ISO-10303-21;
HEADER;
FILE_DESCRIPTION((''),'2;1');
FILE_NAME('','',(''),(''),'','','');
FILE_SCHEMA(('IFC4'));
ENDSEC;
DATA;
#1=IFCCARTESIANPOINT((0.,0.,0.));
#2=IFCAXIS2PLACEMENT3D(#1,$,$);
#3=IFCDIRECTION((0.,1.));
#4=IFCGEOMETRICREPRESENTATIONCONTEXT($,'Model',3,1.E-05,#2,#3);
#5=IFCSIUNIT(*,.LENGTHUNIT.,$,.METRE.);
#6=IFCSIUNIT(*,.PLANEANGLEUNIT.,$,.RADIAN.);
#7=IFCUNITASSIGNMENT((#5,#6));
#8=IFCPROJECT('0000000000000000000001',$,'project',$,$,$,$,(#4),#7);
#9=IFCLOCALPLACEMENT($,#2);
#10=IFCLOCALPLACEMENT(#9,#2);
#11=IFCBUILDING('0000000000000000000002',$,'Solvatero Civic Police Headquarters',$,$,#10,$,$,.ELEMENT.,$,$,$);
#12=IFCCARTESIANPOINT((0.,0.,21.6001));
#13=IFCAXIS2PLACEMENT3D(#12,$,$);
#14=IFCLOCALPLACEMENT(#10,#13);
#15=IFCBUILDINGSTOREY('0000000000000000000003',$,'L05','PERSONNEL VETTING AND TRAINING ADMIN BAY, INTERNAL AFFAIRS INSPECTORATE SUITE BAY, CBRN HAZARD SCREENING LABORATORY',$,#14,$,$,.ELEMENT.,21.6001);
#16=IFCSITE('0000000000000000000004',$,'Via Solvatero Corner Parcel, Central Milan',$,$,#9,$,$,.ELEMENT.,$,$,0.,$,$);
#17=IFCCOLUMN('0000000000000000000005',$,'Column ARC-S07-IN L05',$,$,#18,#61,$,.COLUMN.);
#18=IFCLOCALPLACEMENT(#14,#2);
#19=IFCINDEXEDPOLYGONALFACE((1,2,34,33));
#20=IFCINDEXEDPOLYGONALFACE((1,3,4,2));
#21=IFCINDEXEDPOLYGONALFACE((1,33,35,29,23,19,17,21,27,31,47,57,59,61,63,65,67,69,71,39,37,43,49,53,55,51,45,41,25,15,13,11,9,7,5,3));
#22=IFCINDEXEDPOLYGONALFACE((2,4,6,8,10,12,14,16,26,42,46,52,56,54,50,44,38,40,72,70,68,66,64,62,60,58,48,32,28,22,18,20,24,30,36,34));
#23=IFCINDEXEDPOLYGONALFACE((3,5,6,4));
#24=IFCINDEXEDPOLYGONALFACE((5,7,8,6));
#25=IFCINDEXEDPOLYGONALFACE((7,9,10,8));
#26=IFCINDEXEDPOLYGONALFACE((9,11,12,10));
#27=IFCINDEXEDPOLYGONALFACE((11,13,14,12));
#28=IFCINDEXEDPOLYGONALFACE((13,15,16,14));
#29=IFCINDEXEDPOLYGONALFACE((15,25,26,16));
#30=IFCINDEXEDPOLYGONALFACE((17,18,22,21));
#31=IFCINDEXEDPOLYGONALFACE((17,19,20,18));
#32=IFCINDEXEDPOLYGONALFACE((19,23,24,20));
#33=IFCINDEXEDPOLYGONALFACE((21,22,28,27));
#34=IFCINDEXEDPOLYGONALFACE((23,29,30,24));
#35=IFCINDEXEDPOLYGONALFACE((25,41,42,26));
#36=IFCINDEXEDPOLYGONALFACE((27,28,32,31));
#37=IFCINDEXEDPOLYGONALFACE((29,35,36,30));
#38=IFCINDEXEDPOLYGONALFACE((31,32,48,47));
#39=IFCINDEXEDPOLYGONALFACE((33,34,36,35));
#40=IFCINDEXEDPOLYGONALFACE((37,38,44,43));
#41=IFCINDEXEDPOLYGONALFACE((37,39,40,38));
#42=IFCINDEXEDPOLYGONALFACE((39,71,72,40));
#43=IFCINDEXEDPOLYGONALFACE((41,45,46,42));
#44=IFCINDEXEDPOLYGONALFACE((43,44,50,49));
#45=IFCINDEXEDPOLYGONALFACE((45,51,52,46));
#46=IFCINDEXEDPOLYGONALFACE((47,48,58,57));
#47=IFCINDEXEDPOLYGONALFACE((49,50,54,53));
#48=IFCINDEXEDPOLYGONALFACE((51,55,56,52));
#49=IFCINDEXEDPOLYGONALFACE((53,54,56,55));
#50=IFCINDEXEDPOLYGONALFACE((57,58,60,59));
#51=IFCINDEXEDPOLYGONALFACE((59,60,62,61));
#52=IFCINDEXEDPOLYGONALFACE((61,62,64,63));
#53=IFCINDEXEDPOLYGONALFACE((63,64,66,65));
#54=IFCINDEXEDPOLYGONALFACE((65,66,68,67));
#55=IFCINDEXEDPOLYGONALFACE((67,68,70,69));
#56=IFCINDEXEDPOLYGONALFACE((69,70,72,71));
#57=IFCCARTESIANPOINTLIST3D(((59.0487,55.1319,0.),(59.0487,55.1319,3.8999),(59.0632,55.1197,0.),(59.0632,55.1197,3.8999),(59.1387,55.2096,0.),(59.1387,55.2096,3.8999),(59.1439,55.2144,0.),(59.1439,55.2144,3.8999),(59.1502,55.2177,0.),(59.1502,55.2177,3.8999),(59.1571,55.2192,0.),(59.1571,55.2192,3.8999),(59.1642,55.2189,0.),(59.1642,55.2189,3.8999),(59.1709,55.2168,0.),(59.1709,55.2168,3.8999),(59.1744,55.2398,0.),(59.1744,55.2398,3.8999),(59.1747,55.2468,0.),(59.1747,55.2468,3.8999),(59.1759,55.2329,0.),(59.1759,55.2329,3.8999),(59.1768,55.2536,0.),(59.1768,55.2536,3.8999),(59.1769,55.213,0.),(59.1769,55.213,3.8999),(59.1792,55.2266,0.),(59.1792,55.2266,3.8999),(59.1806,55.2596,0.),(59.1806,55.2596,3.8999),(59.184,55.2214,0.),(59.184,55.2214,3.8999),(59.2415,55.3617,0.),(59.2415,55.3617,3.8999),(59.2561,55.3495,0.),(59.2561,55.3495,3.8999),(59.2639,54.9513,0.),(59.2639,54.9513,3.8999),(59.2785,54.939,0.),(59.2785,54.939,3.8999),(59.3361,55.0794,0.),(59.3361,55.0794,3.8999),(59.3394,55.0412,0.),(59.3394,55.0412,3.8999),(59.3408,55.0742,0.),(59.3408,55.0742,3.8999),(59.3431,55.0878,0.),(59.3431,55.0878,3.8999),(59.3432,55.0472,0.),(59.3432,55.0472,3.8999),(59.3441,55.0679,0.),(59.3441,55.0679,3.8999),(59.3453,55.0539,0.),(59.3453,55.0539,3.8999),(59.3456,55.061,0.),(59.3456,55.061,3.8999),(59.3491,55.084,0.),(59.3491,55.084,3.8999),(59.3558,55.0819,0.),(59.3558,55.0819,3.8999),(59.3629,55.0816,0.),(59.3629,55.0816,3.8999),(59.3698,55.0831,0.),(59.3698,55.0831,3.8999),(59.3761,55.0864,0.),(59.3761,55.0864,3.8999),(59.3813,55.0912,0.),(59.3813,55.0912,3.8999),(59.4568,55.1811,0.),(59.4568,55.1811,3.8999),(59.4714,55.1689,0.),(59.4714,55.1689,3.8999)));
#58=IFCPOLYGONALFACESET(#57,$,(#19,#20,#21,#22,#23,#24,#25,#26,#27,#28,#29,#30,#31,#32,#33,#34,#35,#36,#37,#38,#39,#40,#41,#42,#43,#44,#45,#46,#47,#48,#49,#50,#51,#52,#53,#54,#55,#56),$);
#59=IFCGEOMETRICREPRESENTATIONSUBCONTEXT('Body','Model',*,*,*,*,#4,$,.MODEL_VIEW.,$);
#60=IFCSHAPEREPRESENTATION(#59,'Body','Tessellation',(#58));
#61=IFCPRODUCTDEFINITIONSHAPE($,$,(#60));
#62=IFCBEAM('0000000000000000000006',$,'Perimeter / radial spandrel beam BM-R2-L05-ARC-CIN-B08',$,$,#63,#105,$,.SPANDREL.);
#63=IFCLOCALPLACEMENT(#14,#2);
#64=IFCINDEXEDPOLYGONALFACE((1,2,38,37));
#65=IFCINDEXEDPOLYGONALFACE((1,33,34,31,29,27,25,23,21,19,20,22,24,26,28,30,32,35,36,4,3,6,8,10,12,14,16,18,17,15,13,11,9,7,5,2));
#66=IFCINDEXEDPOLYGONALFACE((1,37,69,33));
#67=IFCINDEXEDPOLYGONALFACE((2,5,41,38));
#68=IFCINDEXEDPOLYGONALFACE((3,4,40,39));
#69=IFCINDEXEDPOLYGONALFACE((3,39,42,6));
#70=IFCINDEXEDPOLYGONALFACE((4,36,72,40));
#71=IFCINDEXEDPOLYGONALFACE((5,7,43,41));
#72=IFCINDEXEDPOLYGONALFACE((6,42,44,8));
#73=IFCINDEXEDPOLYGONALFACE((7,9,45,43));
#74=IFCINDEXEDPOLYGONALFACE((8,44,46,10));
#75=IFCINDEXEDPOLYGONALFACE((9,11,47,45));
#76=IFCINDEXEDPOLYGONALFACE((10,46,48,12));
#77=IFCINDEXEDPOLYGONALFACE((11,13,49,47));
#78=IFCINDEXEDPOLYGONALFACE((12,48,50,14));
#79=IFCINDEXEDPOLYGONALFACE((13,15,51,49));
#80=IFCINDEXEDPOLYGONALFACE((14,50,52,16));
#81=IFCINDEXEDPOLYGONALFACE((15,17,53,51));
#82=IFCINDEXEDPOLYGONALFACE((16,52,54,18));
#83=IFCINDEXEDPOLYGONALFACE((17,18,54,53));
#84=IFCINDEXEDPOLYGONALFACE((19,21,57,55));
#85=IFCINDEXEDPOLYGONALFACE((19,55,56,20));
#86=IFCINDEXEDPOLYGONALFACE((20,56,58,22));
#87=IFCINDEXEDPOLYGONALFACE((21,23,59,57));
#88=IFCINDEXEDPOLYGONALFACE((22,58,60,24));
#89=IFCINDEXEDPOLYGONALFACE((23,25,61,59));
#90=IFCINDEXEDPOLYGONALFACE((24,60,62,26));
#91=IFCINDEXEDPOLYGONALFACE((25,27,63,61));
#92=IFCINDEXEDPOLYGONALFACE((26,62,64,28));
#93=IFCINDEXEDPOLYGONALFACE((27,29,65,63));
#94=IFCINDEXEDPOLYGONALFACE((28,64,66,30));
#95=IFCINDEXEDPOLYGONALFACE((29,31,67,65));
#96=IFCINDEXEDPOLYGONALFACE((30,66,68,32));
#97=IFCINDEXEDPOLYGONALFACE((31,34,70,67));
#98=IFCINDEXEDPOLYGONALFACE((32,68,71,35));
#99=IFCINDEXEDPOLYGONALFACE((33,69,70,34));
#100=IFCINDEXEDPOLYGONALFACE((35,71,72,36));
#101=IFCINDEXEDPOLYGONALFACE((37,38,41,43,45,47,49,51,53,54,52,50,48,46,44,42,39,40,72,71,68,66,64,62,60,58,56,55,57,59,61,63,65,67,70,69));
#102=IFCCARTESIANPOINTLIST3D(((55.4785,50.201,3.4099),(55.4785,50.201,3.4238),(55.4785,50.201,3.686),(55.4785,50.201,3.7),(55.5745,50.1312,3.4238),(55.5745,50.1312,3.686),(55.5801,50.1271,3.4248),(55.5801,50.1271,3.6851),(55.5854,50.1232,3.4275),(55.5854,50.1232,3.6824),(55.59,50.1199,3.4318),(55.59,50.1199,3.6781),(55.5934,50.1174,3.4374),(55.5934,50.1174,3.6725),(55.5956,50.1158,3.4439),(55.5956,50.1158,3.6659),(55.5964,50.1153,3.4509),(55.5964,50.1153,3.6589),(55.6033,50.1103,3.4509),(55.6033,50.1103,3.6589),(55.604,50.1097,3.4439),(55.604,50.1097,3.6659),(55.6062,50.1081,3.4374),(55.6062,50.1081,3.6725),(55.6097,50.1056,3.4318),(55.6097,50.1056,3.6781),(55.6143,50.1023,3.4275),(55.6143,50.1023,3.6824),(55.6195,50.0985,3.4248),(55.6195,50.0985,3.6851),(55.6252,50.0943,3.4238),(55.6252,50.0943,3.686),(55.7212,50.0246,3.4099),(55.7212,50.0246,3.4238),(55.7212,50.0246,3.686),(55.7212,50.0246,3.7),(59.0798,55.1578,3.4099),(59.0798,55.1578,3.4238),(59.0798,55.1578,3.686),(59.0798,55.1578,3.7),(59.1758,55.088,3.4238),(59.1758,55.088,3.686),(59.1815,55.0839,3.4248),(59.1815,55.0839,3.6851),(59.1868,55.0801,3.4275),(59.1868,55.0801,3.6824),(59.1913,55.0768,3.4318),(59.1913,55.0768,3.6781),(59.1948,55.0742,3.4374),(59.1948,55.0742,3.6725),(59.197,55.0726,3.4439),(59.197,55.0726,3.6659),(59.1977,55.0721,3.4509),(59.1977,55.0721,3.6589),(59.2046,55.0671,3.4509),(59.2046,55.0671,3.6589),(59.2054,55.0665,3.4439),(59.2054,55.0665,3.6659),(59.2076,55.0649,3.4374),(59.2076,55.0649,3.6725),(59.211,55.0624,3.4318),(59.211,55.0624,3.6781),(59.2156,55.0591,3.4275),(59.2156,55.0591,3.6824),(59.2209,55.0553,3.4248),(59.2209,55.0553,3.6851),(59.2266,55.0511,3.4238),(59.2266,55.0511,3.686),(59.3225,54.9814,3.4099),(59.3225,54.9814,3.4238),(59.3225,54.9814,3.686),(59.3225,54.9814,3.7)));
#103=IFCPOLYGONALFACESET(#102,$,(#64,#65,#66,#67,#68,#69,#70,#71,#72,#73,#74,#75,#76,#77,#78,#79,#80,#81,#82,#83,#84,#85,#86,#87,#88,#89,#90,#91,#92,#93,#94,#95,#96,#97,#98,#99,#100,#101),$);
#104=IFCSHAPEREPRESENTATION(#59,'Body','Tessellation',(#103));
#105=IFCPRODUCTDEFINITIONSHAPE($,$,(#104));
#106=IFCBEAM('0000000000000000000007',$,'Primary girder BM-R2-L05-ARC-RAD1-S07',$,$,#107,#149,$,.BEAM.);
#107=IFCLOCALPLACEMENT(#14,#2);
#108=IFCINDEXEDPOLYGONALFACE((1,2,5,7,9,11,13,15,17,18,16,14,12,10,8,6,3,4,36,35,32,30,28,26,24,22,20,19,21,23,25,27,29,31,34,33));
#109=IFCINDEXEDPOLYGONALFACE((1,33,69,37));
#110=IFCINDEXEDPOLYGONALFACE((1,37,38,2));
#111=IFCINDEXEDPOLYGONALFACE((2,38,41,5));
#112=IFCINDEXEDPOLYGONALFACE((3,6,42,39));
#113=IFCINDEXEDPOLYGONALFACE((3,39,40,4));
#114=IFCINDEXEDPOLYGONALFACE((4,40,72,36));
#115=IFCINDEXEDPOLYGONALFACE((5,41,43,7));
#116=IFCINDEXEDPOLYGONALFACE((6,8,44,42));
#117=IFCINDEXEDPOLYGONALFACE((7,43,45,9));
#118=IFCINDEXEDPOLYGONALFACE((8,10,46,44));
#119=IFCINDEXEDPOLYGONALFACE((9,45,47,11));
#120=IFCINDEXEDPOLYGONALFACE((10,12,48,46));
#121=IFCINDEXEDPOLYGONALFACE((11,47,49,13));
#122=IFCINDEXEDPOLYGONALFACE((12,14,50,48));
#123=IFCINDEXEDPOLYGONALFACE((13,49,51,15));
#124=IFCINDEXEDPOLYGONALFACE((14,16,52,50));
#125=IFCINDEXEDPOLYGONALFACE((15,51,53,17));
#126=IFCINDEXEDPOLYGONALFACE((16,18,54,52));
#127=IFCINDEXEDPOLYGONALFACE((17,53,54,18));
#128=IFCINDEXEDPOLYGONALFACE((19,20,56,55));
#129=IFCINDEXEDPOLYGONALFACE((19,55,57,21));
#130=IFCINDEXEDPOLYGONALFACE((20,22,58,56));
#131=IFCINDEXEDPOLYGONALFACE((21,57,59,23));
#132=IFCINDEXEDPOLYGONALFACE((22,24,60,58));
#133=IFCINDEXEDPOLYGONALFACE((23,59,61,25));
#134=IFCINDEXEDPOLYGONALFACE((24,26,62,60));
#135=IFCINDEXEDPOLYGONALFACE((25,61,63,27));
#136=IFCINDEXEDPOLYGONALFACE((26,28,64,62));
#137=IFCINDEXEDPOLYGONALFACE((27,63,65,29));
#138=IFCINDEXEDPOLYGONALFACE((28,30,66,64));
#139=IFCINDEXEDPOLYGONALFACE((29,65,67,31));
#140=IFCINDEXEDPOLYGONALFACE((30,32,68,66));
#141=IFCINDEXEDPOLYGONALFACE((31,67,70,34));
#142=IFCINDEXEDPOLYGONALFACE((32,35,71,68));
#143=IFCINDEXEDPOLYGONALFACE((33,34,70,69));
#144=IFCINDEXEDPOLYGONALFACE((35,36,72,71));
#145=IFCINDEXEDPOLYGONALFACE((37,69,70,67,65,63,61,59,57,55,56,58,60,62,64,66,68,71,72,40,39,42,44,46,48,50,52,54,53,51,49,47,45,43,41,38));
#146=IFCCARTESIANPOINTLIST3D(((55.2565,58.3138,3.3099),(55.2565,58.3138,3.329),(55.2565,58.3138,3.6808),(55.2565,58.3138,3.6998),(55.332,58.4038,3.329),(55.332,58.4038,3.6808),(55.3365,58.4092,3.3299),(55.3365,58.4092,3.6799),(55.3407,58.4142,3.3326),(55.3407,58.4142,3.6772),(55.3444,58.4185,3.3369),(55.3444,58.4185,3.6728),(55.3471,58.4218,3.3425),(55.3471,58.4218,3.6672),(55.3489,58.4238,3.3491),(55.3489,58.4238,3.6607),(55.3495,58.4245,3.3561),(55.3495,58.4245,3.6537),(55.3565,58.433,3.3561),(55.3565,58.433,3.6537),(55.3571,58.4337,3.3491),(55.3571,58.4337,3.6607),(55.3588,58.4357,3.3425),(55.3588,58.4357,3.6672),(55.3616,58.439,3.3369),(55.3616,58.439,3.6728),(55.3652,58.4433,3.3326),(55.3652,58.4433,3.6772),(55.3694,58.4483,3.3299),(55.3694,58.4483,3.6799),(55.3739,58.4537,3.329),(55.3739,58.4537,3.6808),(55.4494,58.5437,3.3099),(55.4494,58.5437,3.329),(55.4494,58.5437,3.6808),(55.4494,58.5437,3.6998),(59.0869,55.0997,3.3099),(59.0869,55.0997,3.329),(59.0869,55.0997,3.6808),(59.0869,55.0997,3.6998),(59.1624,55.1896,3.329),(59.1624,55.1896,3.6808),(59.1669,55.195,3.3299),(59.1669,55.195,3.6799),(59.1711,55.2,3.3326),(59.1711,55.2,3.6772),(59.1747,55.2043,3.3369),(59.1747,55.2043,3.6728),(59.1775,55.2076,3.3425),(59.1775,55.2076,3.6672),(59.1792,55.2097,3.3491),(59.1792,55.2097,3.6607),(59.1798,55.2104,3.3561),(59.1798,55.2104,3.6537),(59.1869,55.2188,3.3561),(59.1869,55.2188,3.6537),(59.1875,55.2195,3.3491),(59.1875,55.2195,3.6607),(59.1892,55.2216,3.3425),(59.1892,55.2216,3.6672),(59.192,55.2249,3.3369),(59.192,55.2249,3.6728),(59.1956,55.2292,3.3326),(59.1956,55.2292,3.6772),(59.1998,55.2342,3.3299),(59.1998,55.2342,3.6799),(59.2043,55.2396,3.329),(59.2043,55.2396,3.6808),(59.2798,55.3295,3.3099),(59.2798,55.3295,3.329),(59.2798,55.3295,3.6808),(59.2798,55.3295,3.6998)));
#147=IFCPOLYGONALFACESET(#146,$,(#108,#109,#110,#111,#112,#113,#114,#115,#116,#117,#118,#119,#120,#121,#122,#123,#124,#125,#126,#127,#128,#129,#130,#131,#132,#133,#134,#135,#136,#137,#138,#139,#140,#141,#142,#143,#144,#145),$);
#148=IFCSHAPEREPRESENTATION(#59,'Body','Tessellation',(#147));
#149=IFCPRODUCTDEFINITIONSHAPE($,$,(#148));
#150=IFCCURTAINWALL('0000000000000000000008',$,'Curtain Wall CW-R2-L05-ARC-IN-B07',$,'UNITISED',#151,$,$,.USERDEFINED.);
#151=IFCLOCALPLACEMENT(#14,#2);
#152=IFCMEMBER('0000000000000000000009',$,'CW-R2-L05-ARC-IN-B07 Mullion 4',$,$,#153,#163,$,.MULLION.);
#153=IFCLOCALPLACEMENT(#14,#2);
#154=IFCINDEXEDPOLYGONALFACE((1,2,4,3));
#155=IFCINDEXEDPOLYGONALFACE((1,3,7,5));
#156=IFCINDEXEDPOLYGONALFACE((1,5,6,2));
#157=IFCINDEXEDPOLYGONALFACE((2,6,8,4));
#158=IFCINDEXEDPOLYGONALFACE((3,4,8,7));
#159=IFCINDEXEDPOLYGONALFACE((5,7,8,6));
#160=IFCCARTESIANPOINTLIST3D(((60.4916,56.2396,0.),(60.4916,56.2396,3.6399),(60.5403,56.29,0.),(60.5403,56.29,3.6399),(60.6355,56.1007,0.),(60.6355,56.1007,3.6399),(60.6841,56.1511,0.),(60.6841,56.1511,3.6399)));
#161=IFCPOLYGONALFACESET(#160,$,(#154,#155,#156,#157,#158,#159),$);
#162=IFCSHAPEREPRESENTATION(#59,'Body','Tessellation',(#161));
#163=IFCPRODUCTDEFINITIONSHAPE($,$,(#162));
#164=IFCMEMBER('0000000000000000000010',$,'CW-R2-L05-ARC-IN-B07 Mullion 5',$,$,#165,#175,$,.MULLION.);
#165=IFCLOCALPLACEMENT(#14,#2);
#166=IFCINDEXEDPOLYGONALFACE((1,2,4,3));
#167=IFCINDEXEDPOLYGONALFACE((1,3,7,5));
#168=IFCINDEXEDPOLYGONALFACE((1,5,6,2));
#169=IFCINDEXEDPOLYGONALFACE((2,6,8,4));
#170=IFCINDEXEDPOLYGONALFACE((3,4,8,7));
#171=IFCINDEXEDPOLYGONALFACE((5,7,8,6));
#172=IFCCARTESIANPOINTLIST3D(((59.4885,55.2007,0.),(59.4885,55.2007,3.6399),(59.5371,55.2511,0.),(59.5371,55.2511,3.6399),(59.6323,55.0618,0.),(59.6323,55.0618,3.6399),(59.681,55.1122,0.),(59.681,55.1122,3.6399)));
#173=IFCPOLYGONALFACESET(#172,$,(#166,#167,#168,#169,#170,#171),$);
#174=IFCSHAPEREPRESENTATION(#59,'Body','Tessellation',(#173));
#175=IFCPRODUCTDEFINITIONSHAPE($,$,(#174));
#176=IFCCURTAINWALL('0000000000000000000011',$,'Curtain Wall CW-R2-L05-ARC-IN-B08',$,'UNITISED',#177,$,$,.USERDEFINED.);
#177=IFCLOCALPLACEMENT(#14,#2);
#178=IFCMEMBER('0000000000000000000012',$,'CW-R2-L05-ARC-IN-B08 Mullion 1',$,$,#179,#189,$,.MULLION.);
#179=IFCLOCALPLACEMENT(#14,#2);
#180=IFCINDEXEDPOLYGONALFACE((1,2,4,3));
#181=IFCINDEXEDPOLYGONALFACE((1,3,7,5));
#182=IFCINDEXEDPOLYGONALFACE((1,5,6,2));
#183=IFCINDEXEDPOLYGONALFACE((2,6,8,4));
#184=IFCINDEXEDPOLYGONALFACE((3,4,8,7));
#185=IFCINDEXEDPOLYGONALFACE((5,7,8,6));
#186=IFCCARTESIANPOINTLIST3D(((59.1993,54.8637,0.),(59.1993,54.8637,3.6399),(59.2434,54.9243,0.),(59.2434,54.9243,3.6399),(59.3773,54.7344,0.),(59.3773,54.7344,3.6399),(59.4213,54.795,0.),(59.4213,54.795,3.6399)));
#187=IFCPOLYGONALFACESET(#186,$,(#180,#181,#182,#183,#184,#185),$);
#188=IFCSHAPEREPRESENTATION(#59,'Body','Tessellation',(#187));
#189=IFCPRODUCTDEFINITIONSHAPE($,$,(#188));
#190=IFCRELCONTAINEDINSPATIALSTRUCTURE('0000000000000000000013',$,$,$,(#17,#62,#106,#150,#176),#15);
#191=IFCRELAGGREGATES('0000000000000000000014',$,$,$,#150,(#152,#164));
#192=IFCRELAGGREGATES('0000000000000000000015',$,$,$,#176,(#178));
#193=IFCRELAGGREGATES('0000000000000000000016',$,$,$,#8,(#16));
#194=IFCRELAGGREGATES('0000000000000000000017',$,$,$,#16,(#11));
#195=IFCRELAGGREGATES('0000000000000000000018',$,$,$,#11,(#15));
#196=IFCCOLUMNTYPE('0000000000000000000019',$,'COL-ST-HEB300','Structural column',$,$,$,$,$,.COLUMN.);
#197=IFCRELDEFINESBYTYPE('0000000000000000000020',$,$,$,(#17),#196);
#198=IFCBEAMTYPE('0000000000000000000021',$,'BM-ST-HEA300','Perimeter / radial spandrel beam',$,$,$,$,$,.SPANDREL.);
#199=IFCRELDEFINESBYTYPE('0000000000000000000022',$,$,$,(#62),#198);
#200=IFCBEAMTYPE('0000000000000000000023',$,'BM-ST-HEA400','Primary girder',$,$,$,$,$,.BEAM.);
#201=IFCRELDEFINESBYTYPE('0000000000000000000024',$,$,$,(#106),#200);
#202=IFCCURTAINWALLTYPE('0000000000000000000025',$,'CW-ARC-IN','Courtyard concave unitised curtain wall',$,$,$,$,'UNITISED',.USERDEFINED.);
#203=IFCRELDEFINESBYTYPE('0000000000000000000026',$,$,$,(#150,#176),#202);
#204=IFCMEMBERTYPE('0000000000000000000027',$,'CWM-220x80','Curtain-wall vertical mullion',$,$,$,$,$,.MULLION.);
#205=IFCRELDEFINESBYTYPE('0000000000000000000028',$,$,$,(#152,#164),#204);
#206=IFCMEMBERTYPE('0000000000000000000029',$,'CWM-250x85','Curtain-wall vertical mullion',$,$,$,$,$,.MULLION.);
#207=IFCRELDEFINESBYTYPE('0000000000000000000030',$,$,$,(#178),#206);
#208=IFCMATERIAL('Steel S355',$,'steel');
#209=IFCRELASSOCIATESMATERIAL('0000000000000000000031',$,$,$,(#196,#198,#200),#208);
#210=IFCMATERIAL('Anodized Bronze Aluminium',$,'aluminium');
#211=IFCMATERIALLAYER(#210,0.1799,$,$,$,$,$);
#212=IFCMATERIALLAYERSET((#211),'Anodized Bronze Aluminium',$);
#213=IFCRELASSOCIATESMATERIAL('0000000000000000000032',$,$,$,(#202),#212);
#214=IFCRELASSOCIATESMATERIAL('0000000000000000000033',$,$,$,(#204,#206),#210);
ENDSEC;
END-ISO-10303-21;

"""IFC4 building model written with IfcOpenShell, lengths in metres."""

from ifc_helpers import new_model, si_unit, direction, frame, origin, origin_2d, place, context, subcontext, project, spatial, rectangle, i_section, extrude, material, layer, layer_set, material_profile, profile_set, type_object, element, aggregate, save


model = new_model("IFC4")

# Units and contexts
model_context = context("Model", 3, precision=1e-05, world=origin(), true_north=direction((0.0, 1.0)))
body_context = subcontext(model_context, "Body", "Model", "MODEL_VIEW")
ifc_project = project(units=[si_unit("LENGTHUNIT", "METRE"), si_unit("PLANEANGLEUNIT", "RADIAN")], contexts=[model_context])

# Site, building, storey
site_placement = place(None, origin())
site = spatial("IfcSite", under=ifc_project, at=site_placement, Name="Via Solvatero Corner Parcel, Central Milan", CompositionType="ELEMENT", RefElevation=0.0)
building_placement = place(site_placement, origin())
building = spatial("IfcBuilding", under=site, at=building_placement, Name="Solvatero Civic Police Headquarters", CompositionType="ELEMENT")
storey_placement = place(building_placement, frame((0.0, 0.0, 21.6001)))
storey = spatial("IfcBuildingStorey", under=building, at=storey_placement, Name="L05", Description="PERSONNEL VETTING AND TRAINING ADMIN BAY, INTERNAL AFFAIRS INSPECTORATE SUITE BAY, CBRN HAZARD SCREENING LABORATORY", CompositionType="ELEMENT", Elevation=21.6001)

# Column
ifc_material_1 = material(Name="Steel S355", Category="steel")
ifc_material_profile_1 = material_profile(ifc_material_1, i_section(OverallWidth=0.3, OverallDepth=0.3, WebThickness=0.011, FlangeThickness=0.019, FilletRadius=0.0271, at=origin_2d()), Name="HEB 300")
ifc_profile_set_1 = profile_set([ifc_material_profile_1], Name="Steel S355")
column_type = type_object("IfcColumnType", Name="COL-ST-HEB300", Description="Structural column", PredefinedType="COLUMN", material=ifc_profile_set_1)
column_placement = place(storey_placement, frame((59.26, 55.1504, 0.0), z_axis=(0.0, 0.0, 1.0), x_axis=(0.642788, 0.766044, 0.0)))
element("IfcColumn", 1, at=column_placement, inside=storey, type_object=column_type, Name="Column ARC-S07-IN L05", PredefinedType="COLUMN", context=body_context, shape_type="SweptSolid", body=[
    extrude(i_section(OverallWidth=0.3, OverallDepth=0.3, WebThickness=0.011, FlangeThickness=0.019, FilletRadius=0.0271, at=origin_2d()), origin(), (0.0, 0.0, 1.0), 3.8999),
])

# Beams
ifc_material_profile_2 = material_profile(ifc_material_1, i_section(OverallWidth=0.3, OverallDepth=0.29, WebThickness=0.0085, FlangeThickness=0.0139, FilletRadius=0.0271, at=origin_2d()), Name="HEA 300")
ifc_profile_set_2 = profile_set([ifc_material_profile_2], Name="Steel S355")
beam_type_1 = type_object("IfcBeamType", Name="BM-ST-HEA300", Description="Perimeter / radial spandrel beam", PredefinedType="SPANDREL", material=ifc_profile_set_2)
beam_1_placement = place(storey_placement, frame((59.2012, 55.0696, 3.5549), z_axis=(-0.587785, -0.809017, 0.0), x_axis=(0.809017, -0.587785, 0.0)))
element("IfcBeam", 2, at=beam_1_placement, inside=storey, type_object=beam_type_1, Name="Perimeter / radial spandrel beam BM-R2-L05-ARC-CIN-B08", PredefinedType="SPANDREL", context=body_context, shape_type="SweptSolid", body=[
    extrude(i_section(OverallWidth=0.3, OverallDepth=0.29, WebThickness=0.0085, FlangeThickness=0.0139, FilletRadius=0.0271, at=origin_2d()), origin(), (0.0, 0.0, 1.0), 6.127),
])
ifc_material_profile_3 = material_profile(ifc_material_1, i_section(OverallWidth=0.3, OverallDepth=0.3899, WebThickness=0.011, FlangeThickness=0.019, FilletRadius=0.0271, at=origin_2d()), Name="HEA 400")
ifc_profile_set_3 = profile_set([ifc_material_profile_3], Name="Steel S355")
beam_type_2 = type_object("IfcBeamType", Name="BM-ST-HEA400", Description="Primary girder", PredefinedType="BEAM", material=ifc_profile_set_3)
beam_2_placement = place(storey_placement, frame((59.1833, 55.2146, 3.5049), z_axis=(-0.766036, 0.642798, 0.0), x_axis=(-0.642798, -0.766036, 0.0)))
element("IfcBeam", 3, at=beam_2_placement, inside=storey, type_object=beam_type_2, Name="Primary girder BM-R2-L05-ARC-RAD1-S07", PredefinedType="BEAM", context=body_context, shape_type="SweptSolid", body=[
    extrude(i_section(OverallWidth=0.3, OverallDepth=0.3899, WebThickness=0.011, FlangeThickness=0.019, FilletRadius=0.0271, at=origin_2d()), origin(), (0.0, 0.0, 1.0), 5.0002),
])

# Curtain walls, members
ifc_material_2 = material(Name="Anodized Bronze Aluminium", Category="aluminium")
ifc_layer_1 = layer(ifc_material_2, 0.1799)
ifc_layer_set_1 = layer_set([ifc_layer_1], Name="Anodized Bronze Aluminium")
curtain_wall_type = type_object("IfcCurtainWallType", Name="CW-ARC-IN", Description="Courtyard concave unitised curtain wall", ElementType="UNITISED", PredefinedType="USERDEFINED", material=ifc_layer_set_1)
curtain_wall_1_placement = place(storey_placement, origin())
curtain_wall_1 = element("IfcCurtainWall", 4, at=curtain_wall_1_placement, inside=storey, type_object=curtain_wall_type, Name="Curtain Wall CW-R2-L05-ARC-IN-B07", ObjectType="UNITISED", PredefinedType="USERDEFINED")
ifc_material_profile_4 = material_profile(ifc_material_2, rectangle(XDim=0.0701, YDim=0.2, at=origin_2d()), Name="ALU MULLION 70x200")
ifc_profile_set_4 = profile_set([ifc_material_profile_4], Name="Anodized Bronze Aluminium")
member_type_1 = type_object("IfcMemberType", Name="CWM-220x80", Description="Curtain-wall vertical mullion", PredefinedType="MULLION", material=ifc_profile_set_4)
member_1_placement = place(storey_placement, frame((60.5879, 56.1953, 0.0), z_axis=(0.0, 0.0, 1.0), x_axis=(-0.694658, -0.71934, 0.0)))
member_1 = element("IfcMember", 5, at=member_1_placement, type_object=member_type_1, Name="CW-R2-L05-ARC-IN-B07 Mullion 4", PredefinedType="MULLION", context=body_context, shape_type="SweptSolid", body=[
    extrude(rectangle(XDim=0.0701, YDim=0.2, at=origin_2d()), origin(), (0.0, 0.0, 1.0), 3.6399),
])
member_2_placement = place(storey_placement, frame((59.5847, 55.1565, 0.0), z_axis=(0.0, 0.0, 1.0), x_axis=(-0.694658, -0.71934, 0.0)))
member_2 = element("IfcMember", 6, at=member_2_placement, type_object=member_type_1, Name="CW-R2-L05-ARC-IN-B07 Mullion 5", PredefinedType="MULLION", context=body_context, shape_type="SweptSolid", body=[
    extrude(rectangle(XDim=0.0701, YDim=0.2, at=origin_2d()), origin(), (0.0, 0.0, 1.0), 3.6399),
])
curtain_wall_2_placement = place(storey_placement, origin())
curtain_wall_2 = element("IfcCurtainWall", 7, at=curtain_wall_2_placement, inside=storey, type_object=curtain_wall_type, Name="Curtain Wall CW-R2-L05-ARC-IN-B08", ObjectType="UNITISED", PredefinedType="USERDEFINED")
ifc_material_profile_5 = material_profile(ifc_material_2, rectangle(XDim=0.075, YDim=0.22, at=origin_2d()), Name="ALU MULLION 75x220")
ifc_profile_set_5 = profile_set([ifc_material_profile_5], Name="Anodized Bronze Aluminium")
member_type_2 = type_object("IfcMemberType", Name="CWM-250x85", Description="Curtain-wall vertical mullion", PredefinedType="MULLION", material=ifc_profile_set_5)
member_3_placement = place(storey_placement, frame((59.3103, 54.8293, 0.0), z_axis=(0.0, 0.0, 1.0), x_axis=(-0.587785, -0.809017, 0.0)))
member_3 = element("IfcMember", 8, at=member_3_placement, type_object=member_type_2, Name="CW-R2-L05-ARC-IN-B08 Mullion 1", PredefinedType="MULLION", context=body_context, shape_type="SweptSolid", body=[
    extrude(rectangle(XDim=0.075, YDim=0.22, at=origin_2d()), origin(), (0.0, 0.0, 1.0), 3.6399),
])

aggregate(curtain_wall_1, [member_1, member_2])
aggregate(curtain_wall_2, [member_3])

save(model, "model.ifc")
